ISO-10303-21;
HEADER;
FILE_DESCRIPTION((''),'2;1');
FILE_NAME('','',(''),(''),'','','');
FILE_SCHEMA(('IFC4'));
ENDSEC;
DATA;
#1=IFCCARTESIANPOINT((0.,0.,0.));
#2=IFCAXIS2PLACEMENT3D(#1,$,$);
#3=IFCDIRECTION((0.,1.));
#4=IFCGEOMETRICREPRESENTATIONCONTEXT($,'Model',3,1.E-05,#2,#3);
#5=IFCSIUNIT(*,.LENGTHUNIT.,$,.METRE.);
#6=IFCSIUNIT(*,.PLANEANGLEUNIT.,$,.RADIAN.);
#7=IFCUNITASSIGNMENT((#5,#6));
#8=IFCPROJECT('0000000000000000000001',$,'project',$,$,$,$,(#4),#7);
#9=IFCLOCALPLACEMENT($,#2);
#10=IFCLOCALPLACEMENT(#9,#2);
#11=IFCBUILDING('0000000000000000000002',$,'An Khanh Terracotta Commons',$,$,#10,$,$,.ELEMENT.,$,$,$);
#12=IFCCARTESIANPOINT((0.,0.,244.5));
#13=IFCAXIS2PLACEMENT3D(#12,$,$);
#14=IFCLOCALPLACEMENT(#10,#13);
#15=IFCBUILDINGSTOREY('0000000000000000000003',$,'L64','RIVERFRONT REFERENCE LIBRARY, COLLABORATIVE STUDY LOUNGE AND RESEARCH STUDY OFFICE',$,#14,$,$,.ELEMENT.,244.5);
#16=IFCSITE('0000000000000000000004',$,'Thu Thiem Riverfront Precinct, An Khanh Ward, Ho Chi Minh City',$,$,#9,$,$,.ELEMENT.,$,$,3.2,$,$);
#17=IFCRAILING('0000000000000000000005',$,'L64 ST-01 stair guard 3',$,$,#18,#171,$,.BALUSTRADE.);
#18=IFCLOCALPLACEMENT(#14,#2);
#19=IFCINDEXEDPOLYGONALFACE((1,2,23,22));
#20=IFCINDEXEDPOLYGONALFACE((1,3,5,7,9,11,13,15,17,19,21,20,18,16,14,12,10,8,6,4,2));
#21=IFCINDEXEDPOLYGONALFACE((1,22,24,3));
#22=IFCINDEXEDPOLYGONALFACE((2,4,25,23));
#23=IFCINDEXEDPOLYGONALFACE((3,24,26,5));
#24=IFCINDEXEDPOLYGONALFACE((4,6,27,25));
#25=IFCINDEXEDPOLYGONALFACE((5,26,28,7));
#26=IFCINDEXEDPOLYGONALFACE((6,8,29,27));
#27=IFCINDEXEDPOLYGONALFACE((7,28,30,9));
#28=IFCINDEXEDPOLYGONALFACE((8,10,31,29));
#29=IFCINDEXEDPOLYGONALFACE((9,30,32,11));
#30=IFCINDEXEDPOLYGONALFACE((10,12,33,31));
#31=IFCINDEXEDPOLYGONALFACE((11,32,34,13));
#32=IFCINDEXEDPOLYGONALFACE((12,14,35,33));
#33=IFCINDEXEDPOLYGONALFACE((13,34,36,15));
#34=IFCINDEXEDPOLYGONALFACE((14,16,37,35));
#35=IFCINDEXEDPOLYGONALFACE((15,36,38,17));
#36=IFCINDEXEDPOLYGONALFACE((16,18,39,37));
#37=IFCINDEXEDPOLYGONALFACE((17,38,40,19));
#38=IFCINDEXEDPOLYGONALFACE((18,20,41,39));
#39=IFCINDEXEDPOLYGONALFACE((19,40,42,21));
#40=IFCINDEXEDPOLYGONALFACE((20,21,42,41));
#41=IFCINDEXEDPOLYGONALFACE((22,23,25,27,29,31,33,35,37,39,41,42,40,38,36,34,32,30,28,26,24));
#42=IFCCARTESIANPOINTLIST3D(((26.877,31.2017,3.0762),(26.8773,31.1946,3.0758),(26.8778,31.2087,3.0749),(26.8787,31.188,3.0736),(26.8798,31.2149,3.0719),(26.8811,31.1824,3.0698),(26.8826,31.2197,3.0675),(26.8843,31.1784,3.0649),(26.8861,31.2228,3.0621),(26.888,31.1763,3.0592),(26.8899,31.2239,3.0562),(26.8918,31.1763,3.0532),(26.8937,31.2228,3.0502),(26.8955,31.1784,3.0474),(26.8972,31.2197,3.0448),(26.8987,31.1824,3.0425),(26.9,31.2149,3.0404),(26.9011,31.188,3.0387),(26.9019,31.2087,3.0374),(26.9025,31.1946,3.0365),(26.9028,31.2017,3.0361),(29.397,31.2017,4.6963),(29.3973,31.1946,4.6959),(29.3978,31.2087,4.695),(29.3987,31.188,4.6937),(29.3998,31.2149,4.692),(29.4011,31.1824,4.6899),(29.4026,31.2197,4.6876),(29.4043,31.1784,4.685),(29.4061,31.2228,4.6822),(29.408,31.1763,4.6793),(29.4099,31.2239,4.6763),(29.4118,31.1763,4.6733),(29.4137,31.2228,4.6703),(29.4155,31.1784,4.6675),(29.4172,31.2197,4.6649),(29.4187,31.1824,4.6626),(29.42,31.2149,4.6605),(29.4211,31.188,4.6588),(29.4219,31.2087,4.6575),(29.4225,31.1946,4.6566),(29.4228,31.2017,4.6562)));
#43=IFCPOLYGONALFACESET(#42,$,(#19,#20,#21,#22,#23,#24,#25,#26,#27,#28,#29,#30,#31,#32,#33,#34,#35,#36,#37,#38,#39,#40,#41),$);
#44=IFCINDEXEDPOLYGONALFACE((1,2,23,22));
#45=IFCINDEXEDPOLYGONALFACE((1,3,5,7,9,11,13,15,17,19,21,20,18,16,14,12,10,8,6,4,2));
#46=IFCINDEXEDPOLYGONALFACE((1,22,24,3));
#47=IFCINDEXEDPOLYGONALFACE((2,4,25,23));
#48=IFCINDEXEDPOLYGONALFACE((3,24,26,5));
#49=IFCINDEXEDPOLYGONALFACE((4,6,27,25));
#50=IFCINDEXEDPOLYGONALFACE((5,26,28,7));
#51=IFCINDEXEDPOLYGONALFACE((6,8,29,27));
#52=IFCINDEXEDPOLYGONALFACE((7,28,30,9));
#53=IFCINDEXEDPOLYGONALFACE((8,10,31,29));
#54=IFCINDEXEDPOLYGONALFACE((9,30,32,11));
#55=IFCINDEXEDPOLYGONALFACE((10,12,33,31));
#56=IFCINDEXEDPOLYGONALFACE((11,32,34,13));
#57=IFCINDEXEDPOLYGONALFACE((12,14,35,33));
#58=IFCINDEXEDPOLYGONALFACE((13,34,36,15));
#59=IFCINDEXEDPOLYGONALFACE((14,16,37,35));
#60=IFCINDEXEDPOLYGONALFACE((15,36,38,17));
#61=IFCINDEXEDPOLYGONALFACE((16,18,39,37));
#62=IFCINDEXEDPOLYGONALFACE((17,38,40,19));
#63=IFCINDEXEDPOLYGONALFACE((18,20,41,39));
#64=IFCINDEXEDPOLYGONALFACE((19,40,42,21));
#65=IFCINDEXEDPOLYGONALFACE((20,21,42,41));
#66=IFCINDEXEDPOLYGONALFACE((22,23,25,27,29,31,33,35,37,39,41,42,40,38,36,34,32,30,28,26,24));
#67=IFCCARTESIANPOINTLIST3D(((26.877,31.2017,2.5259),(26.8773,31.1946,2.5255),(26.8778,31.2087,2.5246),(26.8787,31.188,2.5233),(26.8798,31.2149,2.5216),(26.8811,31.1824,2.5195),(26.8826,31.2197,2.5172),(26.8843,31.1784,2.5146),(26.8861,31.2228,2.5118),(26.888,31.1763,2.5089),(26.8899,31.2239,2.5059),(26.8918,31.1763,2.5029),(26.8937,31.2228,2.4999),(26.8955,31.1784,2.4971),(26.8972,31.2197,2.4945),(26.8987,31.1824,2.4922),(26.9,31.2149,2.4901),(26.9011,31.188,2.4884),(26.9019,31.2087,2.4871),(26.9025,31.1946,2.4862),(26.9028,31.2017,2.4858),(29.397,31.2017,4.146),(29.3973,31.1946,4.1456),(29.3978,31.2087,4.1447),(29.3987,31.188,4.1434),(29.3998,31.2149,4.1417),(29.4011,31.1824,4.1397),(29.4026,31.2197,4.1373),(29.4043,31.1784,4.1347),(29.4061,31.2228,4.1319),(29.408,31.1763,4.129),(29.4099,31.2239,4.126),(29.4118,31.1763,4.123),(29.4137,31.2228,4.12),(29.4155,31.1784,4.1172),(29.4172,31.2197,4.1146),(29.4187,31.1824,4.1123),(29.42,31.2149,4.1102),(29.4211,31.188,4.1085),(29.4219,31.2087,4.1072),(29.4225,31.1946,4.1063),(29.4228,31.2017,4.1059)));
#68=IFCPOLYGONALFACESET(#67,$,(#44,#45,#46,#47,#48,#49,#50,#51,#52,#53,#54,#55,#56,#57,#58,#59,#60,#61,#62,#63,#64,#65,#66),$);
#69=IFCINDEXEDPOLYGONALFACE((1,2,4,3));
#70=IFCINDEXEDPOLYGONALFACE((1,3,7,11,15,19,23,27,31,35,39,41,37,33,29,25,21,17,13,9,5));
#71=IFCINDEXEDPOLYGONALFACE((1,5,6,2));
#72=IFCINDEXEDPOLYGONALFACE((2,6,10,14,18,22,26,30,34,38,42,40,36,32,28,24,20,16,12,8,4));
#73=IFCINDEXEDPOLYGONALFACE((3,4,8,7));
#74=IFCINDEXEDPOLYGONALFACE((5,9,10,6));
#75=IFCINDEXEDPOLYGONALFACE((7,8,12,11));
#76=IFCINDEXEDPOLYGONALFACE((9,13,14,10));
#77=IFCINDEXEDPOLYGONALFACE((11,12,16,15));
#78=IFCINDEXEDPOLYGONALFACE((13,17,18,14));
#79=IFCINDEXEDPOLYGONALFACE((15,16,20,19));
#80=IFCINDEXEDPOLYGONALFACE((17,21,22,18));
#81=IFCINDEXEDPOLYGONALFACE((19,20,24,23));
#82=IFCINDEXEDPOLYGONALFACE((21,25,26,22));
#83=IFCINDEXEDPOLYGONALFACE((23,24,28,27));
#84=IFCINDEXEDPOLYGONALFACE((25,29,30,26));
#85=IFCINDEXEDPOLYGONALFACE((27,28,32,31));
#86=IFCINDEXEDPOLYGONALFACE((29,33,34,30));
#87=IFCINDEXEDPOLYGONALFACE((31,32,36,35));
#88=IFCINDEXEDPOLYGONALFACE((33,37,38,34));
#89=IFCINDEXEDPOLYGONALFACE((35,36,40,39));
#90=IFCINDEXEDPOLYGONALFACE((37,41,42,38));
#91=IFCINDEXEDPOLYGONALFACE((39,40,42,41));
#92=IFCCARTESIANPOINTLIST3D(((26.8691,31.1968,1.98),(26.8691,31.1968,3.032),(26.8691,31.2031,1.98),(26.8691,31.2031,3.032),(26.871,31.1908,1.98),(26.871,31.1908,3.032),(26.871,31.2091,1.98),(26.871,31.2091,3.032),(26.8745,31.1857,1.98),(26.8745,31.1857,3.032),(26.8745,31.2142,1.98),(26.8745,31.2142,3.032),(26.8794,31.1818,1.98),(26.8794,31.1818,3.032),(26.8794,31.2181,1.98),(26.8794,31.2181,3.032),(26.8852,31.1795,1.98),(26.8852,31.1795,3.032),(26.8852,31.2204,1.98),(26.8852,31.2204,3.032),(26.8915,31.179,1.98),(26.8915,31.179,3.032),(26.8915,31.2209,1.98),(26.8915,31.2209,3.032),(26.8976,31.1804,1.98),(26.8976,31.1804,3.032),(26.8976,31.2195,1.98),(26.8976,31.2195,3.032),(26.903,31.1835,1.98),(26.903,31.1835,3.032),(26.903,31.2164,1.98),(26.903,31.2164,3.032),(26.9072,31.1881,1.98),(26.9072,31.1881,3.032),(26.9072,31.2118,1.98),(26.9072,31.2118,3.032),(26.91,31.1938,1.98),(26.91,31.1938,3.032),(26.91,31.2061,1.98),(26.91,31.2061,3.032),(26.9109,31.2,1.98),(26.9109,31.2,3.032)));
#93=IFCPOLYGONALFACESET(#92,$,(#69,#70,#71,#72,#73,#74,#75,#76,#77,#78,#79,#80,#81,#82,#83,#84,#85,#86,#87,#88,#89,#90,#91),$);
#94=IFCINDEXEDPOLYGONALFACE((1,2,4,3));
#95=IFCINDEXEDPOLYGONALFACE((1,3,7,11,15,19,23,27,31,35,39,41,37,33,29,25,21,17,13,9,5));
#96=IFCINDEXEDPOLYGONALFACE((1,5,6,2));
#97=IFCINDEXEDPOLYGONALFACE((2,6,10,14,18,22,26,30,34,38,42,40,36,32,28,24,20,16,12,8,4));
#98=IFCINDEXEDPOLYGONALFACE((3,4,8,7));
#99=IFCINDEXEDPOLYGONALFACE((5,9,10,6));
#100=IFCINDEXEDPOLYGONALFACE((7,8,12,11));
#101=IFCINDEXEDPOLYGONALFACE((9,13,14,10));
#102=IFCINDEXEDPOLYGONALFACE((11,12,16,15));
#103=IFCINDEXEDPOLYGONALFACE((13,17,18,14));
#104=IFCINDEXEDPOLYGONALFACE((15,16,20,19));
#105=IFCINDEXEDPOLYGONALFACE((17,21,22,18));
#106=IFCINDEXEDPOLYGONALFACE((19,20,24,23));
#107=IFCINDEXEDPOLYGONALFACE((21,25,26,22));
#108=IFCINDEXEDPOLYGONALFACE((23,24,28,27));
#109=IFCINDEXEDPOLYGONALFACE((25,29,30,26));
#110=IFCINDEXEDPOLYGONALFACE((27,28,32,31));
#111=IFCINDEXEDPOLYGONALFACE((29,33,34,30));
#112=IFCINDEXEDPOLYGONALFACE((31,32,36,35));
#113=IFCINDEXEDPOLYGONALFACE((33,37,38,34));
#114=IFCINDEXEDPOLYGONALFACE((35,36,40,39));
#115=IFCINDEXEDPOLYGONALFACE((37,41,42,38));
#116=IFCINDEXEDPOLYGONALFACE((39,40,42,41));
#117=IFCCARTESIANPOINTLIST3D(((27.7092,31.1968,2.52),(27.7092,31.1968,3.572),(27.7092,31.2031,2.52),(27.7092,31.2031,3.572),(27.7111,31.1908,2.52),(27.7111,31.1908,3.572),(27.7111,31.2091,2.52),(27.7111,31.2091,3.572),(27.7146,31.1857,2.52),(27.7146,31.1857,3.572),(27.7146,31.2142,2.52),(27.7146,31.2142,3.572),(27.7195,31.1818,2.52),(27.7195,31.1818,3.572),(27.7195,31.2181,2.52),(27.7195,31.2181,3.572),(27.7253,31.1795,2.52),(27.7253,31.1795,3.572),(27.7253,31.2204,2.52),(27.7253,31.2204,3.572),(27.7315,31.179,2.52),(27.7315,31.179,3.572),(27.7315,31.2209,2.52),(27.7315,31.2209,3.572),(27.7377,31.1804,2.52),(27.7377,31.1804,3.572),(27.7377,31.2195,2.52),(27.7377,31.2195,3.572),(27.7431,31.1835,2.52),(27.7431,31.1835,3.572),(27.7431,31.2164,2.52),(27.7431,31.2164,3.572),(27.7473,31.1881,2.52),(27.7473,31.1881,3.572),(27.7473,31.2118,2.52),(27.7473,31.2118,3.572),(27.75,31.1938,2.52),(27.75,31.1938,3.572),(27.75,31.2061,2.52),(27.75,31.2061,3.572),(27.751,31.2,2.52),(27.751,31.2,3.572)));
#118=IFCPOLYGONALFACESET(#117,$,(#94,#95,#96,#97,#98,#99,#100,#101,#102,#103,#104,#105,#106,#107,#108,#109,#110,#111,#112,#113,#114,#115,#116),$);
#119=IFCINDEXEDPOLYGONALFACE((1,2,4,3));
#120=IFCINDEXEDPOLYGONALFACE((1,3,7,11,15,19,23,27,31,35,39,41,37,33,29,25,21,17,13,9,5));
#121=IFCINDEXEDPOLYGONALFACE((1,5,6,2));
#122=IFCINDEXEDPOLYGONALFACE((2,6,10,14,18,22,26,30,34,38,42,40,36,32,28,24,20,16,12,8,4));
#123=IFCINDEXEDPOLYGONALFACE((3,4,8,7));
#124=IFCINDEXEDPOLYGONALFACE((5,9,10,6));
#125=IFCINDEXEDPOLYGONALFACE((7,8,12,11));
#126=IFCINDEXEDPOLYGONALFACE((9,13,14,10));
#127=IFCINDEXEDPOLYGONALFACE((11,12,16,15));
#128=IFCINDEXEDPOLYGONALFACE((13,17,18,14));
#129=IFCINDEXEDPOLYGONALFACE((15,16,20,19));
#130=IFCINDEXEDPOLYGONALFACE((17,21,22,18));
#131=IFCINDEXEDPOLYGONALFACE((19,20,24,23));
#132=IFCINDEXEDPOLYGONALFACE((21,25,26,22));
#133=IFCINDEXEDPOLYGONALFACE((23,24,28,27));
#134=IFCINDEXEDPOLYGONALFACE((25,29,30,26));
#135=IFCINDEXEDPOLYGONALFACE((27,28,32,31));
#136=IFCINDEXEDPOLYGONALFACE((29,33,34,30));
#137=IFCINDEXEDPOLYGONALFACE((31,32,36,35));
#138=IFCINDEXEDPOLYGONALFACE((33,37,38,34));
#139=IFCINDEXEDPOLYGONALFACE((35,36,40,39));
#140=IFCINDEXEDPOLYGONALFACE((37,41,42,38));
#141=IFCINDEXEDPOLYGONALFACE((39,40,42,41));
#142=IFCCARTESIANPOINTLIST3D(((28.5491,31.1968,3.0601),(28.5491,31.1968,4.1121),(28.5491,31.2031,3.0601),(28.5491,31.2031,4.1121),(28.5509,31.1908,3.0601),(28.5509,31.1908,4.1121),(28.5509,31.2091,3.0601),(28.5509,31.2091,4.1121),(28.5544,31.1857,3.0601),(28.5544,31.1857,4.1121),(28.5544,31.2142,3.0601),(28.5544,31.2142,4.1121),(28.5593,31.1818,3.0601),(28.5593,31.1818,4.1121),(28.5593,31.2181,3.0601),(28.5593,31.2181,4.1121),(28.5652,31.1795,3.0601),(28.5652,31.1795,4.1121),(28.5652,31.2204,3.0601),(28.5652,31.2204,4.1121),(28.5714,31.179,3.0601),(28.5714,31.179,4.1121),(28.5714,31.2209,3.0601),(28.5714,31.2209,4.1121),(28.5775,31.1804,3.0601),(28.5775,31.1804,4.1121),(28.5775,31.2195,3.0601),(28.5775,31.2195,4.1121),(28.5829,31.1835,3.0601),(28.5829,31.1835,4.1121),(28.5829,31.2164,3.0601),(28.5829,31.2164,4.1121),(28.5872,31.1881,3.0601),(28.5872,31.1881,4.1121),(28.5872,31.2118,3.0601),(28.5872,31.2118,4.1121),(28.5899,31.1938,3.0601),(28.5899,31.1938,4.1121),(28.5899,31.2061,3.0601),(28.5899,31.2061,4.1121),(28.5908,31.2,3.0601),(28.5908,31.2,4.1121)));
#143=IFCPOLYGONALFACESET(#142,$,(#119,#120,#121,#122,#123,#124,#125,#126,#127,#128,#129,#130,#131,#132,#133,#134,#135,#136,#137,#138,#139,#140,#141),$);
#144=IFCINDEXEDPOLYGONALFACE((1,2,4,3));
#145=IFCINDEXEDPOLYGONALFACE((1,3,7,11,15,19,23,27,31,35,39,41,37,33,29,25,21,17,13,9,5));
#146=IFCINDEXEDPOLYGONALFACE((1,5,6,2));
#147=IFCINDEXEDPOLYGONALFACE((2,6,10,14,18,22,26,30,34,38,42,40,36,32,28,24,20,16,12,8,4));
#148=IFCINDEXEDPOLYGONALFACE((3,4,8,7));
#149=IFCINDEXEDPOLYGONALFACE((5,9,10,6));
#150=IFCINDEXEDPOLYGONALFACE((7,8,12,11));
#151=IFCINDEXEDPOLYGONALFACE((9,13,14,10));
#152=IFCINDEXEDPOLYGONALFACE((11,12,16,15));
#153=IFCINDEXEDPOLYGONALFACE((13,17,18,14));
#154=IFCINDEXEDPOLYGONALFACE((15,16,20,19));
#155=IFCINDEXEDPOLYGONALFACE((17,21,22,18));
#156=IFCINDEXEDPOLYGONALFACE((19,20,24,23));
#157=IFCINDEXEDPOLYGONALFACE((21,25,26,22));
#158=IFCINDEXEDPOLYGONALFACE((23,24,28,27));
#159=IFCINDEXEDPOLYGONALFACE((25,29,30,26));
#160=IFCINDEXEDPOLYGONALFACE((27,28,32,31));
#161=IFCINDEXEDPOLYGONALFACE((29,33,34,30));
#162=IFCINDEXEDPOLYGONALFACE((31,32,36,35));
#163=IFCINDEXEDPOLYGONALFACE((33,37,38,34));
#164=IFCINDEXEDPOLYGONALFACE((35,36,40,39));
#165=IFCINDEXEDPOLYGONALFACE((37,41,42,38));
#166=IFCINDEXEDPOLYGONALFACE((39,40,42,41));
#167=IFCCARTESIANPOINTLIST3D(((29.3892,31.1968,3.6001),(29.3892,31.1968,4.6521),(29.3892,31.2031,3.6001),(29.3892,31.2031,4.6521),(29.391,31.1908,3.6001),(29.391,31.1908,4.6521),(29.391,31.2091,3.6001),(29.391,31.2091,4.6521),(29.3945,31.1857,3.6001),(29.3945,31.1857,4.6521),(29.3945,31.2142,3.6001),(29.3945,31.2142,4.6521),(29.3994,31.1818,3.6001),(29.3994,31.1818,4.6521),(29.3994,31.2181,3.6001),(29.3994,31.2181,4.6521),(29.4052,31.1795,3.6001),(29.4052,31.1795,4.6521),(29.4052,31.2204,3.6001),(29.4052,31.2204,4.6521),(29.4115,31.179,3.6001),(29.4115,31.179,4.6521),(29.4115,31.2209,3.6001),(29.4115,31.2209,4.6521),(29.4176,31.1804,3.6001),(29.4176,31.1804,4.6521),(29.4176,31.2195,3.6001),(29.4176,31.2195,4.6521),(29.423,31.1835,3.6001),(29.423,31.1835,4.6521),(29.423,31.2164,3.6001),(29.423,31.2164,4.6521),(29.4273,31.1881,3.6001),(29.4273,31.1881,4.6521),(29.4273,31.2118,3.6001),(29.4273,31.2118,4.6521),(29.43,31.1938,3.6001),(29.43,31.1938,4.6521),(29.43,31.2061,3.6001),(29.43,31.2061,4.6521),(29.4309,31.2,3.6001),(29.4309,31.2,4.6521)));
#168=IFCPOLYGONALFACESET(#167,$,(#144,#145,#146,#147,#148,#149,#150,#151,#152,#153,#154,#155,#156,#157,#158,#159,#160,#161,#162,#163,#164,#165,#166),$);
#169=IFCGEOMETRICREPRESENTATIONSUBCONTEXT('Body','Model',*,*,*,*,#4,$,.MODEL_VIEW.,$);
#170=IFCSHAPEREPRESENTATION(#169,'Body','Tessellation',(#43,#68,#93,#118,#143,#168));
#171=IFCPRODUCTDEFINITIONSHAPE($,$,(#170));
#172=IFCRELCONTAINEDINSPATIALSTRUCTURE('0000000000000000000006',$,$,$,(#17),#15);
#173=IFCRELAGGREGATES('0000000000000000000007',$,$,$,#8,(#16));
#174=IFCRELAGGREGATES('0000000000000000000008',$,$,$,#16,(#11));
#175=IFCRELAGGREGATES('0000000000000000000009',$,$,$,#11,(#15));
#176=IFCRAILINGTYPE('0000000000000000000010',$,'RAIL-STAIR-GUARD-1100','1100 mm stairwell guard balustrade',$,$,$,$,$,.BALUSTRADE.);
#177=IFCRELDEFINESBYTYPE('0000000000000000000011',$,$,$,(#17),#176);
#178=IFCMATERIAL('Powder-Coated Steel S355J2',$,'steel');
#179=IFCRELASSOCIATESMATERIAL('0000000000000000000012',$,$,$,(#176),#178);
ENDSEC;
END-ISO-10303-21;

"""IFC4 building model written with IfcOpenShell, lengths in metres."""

from ifc_helpers import new_model, si_unit, direction, frame, origin, origin_2d, place, context, subcontext, project, spatial, circle, extrude, material, type_object, element, save


model = new_model("IFC4")

# Units and contexts
model_context = context("Model", 3, precision=1e-05, world=origin(), true_north=direction((0.0, 1.0)))
body_context = subcontext(model_context, "Body", "Model", "MODEL_VIEW")
ifc_project = project(units=[si_unit("LENGTHUNIT", "METRE"), si_unit("PLANEANGLEUNIT", "RADIAN")], contexts=[model_context])

# Site, building, storey
site_placement = place(None, origin())
site = spatial("IfcSite", under=ifc_project, at=site_placement, Name="Thu Thiem Riverfront Precinct, An Khanh Ward, Ho Chi Minh City", CompositionType="ELEMENT", RefElevation=3.2)
building_placement = place(site_placement, origin())
building = spatial("IfcBuilding", under=site, at=building_placement, Name="An Khanh Terracotta Commons", CompositionType="ELEMENT")
storey_placement = place(building_placement, frame((0.0, 0.0, 244.5)))
storey = spatial("IfcBuildingStorey", under=building, at=storey_placement, Name="L64", Description="RIVERFRONT REFERENCE LIBRARY, COLLABORATIVE STUDY LOUNGE AND RESEARCH STUDY OFFICE", CompositionType="ELEMENT", Elevation=244.5)

# Railing
ifc_material_1 = material(Name="Powder-Coated Steel S355J2", Category="steel")
railing_type_1 = type_object("IfcRailingType", Name="RAIL-STAIR-GUARD-1100", Description="1100 mm stairwell guard balustrade", PredefinedType="BALUSTRADE", material=ifc_material_1)
railing_1_placement = place(storey_placement, frame((26.8899, 31.2, 1.98)))
element("IfcRailing", 1, at=railing_1_placement, inside=storey, type_object=railing_type_1, Name="L64 ST-01 stair guard 3", PredefinedType="BALUSTRADE", context=body_context, shape_type="SweptSolid", body=[
    extrude(circle(Radius=0.0239, at=origin_2d()), frame((0.0, 0.0, 1.0762), z_axis=(0.841163, 0.0, 0.540782), x_axis=(0.0, 1.0, 0.0)), (0.0, 0.0, 1.0), 2.9958),
    extrude(circle(Radius=0.0239, at=origin_2d()), frame((0.0, 0.0, 0.5259), z_axis=(0.841163, 0.0, 0.540782), x_axis=(0.0, 1.0, 0.0)), (0.0, 0.0, 1.0), 2.9958),
    extrude(circle(Radius=0.021, at=origin_2d()), origin(), (0.0, 0.0, 1.0), 1.052),
    extrude(circle(Radius=0.021, at=origin_2d()), frame((0.8401, 0.0, 0.54)), (0.0, 0.0, 1.0), 1.052),
    extrude(circle(Radius=0.021, at=origin_2d()), frame((1.6799, 0.0, 1.0801)), (0.0, 0.0, 1.0), 1.052),
    extrude(circle(Radius=0.021, at=origin_2d()), frame((2.52, 0.0, 1.6201)), (0.0, 0.0, 1.0), 1.052),
])

save(model, "model.ifc")
